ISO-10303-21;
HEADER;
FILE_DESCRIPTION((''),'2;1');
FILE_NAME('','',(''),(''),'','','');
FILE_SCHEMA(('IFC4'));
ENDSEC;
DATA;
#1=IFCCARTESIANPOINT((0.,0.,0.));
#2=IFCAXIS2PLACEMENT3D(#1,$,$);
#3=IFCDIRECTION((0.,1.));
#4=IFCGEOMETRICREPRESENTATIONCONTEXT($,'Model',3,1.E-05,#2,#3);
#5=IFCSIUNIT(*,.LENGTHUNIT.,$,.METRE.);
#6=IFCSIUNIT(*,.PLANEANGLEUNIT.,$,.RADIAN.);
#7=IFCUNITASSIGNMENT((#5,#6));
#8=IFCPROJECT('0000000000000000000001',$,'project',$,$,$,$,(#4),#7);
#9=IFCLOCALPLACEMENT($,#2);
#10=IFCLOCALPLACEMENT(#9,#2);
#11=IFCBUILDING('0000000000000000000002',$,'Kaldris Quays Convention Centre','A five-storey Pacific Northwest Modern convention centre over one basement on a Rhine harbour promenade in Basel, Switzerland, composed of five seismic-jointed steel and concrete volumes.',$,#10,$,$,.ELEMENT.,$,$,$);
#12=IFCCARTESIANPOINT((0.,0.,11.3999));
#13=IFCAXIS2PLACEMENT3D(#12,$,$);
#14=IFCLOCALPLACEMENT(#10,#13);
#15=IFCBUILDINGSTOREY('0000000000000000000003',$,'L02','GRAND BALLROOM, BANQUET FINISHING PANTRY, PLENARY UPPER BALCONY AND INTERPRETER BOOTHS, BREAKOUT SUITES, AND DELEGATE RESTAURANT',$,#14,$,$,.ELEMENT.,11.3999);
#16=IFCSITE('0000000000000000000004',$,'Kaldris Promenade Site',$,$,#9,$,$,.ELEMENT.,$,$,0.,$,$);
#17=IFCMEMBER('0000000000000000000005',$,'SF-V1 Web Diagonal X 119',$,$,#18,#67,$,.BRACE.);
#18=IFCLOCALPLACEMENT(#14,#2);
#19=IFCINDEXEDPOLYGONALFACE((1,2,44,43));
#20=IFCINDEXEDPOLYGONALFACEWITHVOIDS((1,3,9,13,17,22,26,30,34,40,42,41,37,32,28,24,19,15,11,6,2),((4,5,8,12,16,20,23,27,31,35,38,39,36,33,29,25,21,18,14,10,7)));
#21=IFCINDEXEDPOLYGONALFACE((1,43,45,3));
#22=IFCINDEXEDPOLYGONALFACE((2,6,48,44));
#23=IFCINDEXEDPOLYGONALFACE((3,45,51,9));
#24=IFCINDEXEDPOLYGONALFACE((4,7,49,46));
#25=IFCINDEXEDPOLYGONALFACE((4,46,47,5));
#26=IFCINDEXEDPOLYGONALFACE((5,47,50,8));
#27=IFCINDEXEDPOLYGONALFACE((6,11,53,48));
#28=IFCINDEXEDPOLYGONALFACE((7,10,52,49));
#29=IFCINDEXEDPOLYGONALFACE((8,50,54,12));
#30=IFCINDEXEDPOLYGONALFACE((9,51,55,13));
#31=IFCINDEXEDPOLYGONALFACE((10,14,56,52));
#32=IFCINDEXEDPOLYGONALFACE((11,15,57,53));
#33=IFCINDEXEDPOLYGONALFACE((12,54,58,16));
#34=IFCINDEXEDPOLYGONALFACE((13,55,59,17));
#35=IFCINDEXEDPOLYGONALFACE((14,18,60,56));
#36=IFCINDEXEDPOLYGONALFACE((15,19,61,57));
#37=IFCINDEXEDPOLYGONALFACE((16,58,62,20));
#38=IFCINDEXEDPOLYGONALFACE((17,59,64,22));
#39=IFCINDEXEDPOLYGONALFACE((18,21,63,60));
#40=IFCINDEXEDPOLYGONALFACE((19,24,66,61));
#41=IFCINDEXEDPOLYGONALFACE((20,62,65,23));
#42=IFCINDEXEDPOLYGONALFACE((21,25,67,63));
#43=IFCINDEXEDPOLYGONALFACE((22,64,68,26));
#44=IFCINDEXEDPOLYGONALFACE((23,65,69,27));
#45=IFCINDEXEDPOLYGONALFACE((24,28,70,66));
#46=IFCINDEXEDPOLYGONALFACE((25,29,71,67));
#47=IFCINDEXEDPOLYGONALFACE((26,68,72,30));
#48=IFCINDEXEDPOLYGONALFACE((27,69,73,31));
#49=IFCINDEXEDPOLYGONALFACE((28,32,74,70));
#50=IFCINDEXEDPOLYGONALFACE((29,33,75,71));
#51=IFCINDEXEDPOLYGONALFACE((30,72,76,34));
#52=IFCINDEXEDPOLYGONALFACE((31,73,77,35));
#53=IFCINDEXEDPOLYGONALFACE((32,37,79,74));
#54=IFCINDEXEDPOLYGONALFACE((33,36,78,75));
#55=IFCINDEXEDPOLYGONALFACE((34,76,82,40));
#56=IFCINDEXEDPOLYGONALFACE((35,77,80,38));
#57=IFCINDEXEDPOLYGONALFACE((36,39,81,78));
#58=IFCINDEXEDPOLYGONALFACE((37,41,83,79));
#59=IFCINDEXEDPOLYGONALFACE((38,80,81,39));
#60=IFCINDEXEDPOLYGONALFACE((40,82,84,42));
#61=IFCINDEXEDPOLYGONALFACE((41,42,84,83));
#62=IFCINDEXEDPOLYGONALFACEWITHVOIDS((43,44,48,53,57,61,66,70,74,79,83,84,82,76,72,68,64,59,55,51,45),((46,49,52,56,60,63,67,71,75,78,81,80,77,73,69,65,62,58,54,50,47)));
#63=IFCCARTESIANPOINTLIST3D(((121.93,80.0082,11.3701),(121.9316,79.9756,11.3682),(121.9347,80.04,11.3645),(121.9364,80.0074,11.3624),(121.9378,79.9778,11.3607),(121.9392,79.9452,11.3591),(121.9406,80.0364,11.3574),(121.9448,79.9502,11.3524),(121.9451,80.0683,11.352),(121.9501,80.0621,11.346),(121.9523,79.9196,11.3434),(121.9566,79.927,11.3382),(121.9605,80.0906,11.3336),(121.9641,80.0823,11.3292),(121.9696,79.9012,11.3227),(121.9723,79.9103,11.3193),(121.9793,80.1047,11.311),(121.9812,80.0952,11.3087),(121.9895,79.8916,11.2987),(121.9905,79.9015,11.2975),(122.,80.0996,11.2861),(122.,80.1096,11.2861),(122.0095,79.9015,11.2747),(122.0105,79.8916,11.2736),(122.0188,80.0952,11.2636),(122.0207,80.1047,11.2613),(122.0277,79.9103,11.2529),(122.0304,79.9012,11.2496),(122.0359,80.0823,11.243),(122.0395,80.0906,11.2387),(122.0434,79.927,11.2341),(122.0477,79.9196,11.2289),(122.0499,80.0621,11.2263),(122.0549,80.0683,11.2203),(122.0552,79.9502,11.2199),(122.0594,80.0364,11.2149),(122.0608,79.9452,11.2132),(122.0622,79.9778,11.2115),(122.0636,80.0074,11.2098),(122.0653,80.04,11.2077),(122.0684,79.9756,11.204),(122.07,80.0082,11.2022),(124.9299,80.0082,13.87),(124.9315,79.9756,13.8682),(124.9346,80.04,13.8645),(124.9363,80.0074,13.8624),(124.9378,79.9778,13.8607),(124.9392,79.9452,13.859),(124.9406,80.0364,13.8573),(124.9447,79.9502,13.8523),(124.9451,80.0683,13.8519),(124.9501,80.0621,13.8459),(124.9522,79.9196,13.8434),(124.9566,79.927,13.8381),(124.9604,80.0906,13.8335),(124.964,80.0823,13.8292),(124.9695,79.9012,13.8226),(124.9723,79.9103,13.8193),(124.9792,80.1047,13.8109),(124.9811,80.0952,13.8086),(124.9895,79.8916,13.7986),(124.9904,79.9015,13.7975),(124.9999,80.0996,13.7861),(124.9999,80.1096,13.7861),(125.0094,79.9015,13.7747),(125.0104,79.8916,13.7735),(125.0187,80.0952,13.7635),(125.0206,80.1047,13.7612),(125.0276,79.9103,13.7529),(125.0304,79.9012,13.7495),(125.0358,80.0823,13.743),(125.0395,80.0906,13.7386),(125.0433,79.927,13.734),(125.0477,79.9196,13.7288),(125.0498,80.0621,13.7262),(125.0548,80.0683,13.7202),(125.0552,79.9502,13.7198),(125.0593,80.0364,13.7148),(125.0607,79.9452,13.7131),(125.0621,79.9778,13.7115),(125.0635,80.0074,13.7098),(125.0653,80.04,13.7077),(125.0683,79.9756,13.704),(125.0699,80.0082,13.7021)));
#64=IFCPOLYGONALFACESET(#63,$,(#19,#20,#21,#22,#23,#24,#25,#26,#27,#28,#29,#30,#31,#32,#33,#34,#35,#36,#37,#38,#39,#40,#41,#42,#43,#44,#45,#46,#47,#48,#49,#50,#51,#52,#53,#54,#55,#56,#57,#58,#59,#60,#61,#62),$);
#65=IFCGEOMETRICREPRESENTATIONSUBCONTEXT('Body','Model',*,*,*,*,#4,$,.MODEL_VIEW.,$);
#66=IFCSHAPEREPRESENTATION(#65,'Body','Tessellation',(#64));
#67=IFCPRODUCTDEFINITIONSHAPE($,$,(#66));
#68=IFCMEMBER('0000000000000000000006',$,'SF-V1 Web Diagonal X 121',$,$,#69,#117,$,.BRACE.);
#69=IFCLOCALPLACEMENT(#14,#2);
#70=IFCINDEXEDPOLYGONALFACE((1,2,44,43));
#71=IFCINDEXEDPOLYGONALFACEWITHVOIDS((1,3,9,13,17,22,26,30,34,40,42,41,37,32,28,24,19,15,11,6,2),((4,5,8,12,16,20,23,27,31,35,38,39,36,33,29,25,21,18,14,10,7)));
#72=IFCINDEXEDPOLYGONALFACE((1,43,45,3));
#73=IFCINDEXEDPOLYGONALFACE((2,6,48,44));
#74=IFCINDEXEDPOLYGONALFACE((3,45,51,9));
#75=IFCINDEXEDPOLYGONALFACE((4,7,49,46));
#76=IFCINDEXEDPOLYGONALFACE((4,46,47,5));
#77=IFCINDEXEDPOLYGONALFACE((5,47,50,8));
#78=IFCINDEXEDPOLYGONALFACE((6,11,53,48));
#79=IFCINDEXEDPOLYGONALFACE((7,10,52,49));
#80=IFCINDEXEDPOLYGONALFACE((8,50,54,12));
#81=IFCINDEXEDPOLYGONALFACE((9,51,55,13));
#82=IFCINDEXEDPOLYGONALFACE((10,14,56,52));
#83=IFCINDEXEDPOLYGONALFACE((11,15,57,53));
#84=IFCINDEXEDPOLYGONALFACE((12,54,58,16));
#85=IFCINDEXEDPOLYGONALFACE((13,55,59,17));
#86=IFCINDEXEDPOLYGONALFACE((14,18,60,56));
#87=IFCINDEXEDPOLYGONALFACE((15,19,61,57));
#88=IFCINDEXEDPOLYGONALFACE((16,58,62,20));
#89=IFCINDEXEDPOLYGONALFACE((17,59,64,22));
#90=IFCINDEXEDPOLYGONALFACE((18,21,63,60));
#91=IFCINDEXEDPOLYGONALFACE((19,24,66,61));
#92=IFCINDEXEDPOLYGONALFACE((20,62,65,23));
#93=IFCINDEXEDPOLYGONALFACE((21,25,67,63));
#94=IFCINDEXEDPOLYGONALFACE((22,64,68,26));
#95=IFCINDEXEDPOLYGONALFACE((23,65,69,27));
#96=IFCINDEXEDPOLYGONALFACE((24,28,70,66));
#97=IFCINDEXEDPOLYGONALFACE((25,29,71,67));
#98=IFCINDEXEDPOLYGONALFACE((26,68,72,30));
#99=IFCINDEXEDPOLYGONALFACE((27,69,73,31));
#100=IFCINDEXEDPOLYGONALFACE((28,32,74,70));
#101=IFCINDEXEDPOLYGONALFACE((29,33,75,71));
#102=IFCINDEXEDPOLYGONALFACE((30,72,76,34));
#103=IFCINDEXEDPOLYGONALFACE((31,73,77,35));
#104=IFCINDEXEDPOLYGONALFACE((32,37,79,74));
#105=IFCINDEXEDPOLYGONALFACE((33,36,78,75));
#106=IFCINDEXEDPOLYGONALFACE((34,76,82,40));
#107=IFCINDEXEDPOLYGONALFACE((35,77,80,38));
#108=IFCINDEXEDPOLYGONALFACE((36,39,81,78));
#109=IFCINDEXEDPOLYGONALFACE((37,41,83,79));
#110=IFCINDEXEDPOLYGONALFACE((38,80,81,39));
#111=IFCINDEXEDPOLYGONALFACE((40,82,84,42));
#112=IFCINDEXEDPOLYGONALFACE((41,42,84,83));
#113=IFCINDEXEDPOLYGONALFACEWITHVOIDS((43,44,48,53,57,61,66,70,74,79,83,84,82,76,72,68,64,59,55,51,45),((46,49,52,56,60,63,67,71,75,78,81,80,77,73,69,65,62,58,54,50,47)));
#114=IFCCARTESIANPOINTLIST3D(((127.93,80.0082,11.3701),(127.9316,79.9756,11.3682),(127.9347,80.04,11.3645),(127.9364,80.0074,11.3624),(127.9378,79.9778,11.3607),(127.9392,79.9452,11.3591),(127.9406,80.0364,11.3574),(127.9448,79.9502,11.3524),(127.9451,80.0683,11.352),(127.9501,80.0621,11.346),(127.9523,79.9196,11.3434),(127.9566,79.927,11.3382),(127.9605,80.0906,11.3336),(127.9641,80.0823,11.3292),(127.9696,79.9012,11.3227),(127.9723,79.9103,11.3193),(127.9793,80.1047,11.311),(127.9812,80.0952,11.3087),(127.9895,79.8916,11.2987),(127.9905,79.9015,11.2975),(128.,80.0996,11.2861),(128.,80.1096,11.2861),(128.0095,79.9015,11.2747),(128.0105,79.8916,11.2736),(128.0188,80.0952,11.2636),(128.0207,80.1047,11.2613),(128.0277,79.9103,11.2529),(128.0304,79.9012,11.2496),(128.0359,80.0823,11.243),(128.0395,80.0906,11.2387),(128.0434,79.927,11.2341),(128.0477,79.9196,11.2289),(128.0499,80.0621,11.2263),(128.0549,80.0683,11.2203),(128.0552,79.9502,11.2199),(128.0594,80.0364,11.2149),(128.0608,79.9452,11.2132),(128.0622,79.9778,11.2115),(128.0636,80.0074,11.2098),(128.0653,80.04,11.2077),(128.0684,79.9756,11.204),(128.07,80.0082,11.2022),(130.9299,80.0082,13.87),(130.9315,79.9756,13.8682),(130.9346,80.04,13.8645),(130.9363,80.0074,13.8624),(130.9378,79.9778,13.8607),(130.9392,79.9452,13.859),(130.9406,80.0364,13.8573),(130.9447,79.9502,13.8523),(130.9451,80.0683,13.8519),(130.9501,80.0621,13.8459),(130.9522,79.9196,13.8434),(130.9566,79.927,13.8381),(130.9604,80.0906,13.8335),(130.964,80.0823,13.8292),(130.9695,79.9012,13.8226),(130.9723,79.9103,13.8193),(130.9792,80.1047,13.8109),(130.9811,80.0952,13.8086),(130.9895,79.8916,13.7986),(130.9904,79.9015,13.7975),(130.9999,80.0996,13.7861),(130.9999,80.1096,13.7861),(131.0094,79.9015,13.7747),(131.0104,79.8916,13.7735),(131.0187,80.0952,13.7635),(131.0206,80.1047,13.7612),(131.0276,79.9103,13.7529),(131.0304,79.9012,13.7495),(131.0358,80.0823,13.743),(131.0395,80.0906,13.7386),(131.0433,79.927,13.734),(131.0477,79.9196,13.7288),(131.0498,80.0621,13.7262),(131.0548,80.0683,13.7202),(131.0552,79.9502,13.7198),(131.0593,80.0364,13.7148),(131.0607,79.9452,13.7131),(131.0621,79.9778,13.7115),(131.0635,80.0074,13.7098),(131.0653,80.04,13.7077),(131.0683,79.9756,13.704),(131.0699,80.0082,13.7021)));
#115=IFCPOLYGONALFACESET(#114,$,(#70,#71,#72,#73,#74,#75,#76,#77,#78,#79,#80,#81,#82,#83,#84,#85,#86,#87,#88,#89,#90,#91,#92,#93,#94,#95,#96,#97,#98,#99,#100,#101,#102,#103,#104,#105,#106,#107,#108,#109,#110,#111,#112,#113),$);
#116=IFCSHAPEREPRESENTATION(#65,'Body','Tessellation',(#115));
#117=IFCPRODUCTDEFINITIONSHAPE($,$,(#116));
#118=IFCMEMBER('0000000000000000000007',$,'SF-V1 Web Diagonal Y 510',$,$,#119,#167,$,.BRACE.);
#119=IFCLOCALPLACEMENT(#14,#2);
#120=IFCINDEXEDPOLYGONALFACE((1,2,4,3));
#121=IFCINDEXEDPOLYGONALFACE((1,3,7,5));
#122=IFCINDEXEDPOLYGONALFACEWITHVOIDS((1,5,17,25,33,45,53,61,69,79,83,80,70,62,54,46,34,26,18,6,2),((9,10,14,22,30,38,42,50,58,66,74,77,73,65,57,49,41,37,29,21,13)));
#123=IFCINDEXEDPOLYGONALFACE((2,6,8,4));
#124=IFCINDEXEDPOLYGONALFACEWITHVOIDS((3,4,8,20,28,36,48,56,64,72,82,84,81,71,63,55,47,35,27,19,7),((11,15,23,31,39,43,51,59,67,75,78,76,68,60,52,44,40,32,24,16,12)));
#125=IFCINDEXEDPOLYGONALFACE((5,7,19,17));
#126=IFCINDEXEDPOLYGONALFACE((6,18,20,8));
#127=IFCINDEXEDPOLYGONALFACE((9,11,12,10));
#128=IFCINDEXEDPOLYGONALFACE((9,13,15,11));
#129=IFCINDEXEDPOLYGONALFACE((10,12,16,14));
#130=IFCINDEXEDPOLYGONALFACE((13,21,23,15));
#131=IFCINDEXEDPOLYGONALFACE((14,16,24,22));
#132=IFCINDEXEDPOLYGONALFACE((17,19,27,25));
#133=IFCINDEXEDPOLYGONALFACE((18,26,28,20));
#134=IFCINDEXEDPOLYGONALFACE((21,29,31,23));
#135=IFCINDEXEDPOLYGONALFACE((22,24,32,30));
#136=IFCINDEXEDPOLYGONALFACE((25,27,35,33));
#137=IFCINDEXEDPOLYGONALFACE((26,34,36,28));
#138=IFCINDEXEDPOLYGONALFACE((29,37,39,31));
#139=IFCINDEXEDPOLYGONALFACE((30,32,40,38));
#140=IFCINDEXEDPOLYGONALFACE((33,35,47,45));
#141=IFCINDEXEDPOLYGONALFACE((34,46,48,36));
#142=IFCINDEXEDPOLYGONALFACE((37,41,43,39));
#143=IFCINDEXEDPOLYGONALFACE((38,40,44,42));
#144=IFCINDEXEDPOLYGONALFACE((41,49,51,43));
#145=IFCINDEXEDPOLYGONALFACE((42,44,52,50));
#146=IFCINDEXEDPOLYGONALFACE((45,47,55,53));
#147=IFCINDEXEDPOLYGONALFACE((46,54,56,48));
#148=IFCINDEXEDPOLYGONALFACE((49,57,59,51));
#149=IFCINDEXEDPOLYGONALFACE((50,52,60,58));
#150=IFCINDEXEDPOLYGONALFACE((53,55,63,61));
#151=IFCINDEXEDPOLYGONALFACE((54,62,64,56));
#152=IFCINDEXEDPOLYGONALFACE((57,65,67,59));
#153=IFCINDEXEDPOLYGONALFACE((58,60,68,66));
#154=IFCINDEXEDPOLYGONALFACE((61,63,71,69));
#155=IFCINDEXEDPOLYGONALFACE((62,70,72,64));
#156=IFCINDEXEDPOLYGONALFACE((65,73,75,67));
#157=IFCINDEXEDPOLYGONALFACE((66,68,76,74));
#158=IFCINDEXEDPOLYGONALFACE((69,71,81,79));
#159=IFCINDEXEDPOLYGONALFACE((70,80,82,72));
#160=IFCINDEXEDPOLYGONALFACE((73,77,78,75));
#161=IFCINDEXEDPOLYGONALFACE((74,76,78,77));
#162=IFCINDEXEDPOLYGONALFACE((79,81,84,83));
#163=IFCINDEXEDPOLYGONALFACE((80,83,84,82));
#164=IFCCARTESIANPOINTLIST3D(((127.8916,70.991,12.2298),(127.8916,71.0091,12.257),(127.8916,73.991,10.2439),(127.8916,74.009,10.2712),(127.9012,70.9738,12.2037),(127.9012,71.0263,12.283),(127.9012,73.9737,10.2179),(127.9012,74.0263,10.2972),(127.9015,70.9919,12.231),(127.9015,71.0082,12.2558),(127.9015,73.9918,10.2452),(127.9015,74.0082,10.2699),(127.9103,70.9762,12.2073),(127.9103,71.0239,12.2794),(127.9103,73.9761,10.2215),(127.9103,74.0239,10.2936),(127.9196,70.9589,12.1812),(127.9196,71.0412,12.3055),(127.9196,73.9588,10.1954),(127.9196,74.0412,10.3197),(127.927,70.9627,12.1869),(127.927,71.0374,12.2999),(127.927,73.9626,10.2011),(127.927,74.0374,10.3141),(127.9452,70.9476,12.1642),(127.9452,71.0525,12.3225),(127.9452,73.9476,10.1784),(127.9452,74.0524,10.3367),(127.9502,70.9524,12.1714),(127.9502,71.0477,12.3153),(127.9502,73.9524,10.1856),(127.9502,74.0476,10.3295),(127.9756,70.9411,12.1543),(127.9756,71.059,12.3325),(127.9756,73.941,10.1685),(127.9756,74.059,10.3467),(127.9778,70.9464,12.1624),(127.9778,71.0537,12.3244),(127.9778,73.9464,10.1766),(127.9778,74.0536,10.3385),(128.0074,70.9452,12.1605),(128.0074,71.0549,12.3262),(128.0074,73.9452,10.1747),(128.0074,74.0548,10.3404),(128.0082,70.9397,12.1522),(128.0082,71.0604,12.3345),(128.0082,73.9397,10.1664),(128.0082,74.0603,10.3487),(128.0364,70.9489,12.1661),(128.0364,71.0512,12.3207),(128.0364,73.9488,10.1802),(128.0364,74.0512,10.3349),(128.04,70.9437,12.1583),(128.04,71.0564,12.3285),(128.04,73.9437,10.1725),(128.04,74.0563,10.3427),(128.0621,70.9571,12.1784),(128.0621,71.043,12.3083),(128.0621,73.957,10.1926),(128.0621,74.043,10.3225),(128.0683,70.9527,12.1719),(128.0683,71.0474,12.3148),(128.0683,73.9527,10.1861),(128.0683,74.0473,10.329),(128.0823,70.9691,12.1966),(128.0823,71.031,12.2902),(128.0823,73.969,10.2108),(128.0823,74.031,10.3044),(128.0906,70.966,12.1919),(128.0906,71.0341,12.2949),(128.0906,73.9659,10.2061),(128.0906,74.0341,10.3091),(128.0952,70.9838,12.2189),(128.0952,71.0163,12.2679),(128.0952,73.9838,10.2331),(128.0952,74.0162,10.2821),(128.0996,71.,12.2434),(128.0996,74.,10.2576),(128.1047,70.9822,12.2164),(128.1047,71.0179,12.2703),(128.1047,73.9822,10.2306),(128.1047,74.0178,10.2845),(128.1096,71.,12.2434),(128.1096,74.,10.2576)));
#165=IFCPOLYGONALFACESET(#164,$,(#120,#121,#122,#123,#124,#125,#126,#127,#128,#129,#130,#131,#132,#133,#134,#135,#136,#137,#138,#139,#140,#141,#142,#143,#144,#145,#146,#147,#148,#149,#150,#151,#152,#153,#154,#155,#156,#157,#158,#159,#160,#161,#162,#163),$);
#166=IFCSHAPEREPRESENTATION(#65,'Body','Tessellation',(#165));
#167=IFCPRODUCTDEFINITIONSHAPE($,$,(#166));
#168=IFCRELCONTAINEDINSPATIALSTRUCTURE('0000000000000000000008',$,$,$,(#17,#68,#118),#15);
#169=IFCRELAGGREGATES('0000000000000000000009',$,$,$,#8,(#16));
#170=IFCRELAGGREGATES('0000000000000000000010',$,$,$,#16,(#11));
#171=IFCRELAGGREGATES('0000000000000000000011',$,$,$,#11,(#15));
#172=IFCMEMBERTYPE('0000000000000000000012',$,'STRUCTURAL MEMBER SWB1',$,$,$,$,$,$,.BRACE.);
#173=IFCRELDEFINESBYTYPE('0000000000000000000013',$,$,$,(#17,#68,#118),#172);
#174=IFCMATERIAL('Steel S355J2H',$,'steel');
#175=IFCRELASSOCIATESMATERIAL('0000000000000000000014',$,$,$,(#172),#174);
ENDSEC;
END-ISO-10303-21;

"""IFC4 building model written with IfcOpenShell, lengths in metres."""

from ifc_helpers import new_model, si_unit, direction, frame, origin, origin_2d, place, context, subcontext, project, spatial, hollow_circle, extrude, material, material_profile, profile_set, type_object, element, save


model = new_model("IFC4")

# Units and contexts
model_context = context("Model", 3, precision=1e-05, world=origin(), true_north=direction((0.0, 1.0)))
body_context = subcontext(model_context, "Body", "Model", "MODEL_VIEW")
ifc_project = project(units=[si_unit("LENGTHUNIT", "METRE"), si_unit("PLANEANGLEUNIT", "RADIAN")], contexts=[model_context])

# Site, building, storey
site_placement = place(None, origin())
site = spatial("IfcSite", under=ifc_project, at=site_placement, Name="Kaldris Promenade Site", CompositionType="ELEMENT", RefElevation=0.0)
building_placement = place(site_placement, origin())
building = spatial("IfcBuilding", under=site, at=building_placement, Name="Kaldris Quays Convention Centre", Description="A five-storey Pacific Northwest Modern convention centre over one basement on a Rhine harbour promenade in Basel, Switzerland, composed of five seismic-jointed steel and concrete volumes.", CompositionType="ELEMENT")
storey_placement = place(building_placement, frame((0.0, 0.0, 11.3999)))
storey = spatial("IfcBuildingStorey", under=building, at=storey_placement, Name="L02", Description="GRAND BALLROOM, BANQUET FINISHING PANTRY, PLENARY UPPER BALCONY AND INTERPRETER BOOTHS, BREAKOUT SUITES, AND DELEGATE RESTAURANT", CompositionType="ELEMENT", Elevation=11.3999)

# Members
ifc_material_1 = material(Name="Steel S355J2H", Category="steel")
ifc_material_profile_1 = material_profile(ifc_material_1, hollow_circle(Radius=0.1096, WallThickness=0.01, at=origin_2d()), Name="CHS 219.1x10")
ifc_profile_set_1 = profile_set([ifc_material_profile_1], Name="Steel S355J2H")
member_type_1 = type_object("IfcMemberType", Name="STRUCTURAL MEMBER SWB1", PredefinedType="BRACE", material=ifc_profile_set_1)
for number, where, z_axis, x_axis, name in (
    (1, (122.0, 80.0, 11.2861), (0.768221, 0.0, 0.640184), (0.0, 1.0, 0.0), "SF-V1 Web Diagonal X 119"),
    (2, (128.0, 80.0, 11.2861), (0.768221, 0.0, 0.640184), (0.0, 1.0, 0.0), "SF-V1 Web Diagonal X 121"),
):
    element("IfcMember", number, at=place(storey_placement, frame(where, z_axis=z_axis, x_axis=x_axis)), inside=storey, type_object=member_type_1, Name=name, PredefinedType="BRACE", context=body_context, shape_type="SweptSolid", body=[
        extrude(hollow_circle(Radius=0.1096, WallThickness=0.01, at=origin_2d()), origin(), (0.0, 0.0, 1.0), 3.905),
    ])
member_1_placement = place(storey_placement, frame((128.0, 74.0, 10.2576), z_axis=(0.0, -0.833862, 0.551972), x_axis=(1.0, 0.0, 0.0)))
element("IfcMember", 3, at=member_1_placement, inside=storey, type_object=member_type_1, Name="SF-V1 Web Diagonal Y 510", PredefinedType="BRACE", context=body_context, shape_type="SweptSolid", body=[
    extrude(hollow_circle(Radius=0.1096, WallThickness=0.01, at=origin_2d()), origin(), (0.0, 0.0, 1.0), 3.5977),
])

save(model, "model.ifc")
